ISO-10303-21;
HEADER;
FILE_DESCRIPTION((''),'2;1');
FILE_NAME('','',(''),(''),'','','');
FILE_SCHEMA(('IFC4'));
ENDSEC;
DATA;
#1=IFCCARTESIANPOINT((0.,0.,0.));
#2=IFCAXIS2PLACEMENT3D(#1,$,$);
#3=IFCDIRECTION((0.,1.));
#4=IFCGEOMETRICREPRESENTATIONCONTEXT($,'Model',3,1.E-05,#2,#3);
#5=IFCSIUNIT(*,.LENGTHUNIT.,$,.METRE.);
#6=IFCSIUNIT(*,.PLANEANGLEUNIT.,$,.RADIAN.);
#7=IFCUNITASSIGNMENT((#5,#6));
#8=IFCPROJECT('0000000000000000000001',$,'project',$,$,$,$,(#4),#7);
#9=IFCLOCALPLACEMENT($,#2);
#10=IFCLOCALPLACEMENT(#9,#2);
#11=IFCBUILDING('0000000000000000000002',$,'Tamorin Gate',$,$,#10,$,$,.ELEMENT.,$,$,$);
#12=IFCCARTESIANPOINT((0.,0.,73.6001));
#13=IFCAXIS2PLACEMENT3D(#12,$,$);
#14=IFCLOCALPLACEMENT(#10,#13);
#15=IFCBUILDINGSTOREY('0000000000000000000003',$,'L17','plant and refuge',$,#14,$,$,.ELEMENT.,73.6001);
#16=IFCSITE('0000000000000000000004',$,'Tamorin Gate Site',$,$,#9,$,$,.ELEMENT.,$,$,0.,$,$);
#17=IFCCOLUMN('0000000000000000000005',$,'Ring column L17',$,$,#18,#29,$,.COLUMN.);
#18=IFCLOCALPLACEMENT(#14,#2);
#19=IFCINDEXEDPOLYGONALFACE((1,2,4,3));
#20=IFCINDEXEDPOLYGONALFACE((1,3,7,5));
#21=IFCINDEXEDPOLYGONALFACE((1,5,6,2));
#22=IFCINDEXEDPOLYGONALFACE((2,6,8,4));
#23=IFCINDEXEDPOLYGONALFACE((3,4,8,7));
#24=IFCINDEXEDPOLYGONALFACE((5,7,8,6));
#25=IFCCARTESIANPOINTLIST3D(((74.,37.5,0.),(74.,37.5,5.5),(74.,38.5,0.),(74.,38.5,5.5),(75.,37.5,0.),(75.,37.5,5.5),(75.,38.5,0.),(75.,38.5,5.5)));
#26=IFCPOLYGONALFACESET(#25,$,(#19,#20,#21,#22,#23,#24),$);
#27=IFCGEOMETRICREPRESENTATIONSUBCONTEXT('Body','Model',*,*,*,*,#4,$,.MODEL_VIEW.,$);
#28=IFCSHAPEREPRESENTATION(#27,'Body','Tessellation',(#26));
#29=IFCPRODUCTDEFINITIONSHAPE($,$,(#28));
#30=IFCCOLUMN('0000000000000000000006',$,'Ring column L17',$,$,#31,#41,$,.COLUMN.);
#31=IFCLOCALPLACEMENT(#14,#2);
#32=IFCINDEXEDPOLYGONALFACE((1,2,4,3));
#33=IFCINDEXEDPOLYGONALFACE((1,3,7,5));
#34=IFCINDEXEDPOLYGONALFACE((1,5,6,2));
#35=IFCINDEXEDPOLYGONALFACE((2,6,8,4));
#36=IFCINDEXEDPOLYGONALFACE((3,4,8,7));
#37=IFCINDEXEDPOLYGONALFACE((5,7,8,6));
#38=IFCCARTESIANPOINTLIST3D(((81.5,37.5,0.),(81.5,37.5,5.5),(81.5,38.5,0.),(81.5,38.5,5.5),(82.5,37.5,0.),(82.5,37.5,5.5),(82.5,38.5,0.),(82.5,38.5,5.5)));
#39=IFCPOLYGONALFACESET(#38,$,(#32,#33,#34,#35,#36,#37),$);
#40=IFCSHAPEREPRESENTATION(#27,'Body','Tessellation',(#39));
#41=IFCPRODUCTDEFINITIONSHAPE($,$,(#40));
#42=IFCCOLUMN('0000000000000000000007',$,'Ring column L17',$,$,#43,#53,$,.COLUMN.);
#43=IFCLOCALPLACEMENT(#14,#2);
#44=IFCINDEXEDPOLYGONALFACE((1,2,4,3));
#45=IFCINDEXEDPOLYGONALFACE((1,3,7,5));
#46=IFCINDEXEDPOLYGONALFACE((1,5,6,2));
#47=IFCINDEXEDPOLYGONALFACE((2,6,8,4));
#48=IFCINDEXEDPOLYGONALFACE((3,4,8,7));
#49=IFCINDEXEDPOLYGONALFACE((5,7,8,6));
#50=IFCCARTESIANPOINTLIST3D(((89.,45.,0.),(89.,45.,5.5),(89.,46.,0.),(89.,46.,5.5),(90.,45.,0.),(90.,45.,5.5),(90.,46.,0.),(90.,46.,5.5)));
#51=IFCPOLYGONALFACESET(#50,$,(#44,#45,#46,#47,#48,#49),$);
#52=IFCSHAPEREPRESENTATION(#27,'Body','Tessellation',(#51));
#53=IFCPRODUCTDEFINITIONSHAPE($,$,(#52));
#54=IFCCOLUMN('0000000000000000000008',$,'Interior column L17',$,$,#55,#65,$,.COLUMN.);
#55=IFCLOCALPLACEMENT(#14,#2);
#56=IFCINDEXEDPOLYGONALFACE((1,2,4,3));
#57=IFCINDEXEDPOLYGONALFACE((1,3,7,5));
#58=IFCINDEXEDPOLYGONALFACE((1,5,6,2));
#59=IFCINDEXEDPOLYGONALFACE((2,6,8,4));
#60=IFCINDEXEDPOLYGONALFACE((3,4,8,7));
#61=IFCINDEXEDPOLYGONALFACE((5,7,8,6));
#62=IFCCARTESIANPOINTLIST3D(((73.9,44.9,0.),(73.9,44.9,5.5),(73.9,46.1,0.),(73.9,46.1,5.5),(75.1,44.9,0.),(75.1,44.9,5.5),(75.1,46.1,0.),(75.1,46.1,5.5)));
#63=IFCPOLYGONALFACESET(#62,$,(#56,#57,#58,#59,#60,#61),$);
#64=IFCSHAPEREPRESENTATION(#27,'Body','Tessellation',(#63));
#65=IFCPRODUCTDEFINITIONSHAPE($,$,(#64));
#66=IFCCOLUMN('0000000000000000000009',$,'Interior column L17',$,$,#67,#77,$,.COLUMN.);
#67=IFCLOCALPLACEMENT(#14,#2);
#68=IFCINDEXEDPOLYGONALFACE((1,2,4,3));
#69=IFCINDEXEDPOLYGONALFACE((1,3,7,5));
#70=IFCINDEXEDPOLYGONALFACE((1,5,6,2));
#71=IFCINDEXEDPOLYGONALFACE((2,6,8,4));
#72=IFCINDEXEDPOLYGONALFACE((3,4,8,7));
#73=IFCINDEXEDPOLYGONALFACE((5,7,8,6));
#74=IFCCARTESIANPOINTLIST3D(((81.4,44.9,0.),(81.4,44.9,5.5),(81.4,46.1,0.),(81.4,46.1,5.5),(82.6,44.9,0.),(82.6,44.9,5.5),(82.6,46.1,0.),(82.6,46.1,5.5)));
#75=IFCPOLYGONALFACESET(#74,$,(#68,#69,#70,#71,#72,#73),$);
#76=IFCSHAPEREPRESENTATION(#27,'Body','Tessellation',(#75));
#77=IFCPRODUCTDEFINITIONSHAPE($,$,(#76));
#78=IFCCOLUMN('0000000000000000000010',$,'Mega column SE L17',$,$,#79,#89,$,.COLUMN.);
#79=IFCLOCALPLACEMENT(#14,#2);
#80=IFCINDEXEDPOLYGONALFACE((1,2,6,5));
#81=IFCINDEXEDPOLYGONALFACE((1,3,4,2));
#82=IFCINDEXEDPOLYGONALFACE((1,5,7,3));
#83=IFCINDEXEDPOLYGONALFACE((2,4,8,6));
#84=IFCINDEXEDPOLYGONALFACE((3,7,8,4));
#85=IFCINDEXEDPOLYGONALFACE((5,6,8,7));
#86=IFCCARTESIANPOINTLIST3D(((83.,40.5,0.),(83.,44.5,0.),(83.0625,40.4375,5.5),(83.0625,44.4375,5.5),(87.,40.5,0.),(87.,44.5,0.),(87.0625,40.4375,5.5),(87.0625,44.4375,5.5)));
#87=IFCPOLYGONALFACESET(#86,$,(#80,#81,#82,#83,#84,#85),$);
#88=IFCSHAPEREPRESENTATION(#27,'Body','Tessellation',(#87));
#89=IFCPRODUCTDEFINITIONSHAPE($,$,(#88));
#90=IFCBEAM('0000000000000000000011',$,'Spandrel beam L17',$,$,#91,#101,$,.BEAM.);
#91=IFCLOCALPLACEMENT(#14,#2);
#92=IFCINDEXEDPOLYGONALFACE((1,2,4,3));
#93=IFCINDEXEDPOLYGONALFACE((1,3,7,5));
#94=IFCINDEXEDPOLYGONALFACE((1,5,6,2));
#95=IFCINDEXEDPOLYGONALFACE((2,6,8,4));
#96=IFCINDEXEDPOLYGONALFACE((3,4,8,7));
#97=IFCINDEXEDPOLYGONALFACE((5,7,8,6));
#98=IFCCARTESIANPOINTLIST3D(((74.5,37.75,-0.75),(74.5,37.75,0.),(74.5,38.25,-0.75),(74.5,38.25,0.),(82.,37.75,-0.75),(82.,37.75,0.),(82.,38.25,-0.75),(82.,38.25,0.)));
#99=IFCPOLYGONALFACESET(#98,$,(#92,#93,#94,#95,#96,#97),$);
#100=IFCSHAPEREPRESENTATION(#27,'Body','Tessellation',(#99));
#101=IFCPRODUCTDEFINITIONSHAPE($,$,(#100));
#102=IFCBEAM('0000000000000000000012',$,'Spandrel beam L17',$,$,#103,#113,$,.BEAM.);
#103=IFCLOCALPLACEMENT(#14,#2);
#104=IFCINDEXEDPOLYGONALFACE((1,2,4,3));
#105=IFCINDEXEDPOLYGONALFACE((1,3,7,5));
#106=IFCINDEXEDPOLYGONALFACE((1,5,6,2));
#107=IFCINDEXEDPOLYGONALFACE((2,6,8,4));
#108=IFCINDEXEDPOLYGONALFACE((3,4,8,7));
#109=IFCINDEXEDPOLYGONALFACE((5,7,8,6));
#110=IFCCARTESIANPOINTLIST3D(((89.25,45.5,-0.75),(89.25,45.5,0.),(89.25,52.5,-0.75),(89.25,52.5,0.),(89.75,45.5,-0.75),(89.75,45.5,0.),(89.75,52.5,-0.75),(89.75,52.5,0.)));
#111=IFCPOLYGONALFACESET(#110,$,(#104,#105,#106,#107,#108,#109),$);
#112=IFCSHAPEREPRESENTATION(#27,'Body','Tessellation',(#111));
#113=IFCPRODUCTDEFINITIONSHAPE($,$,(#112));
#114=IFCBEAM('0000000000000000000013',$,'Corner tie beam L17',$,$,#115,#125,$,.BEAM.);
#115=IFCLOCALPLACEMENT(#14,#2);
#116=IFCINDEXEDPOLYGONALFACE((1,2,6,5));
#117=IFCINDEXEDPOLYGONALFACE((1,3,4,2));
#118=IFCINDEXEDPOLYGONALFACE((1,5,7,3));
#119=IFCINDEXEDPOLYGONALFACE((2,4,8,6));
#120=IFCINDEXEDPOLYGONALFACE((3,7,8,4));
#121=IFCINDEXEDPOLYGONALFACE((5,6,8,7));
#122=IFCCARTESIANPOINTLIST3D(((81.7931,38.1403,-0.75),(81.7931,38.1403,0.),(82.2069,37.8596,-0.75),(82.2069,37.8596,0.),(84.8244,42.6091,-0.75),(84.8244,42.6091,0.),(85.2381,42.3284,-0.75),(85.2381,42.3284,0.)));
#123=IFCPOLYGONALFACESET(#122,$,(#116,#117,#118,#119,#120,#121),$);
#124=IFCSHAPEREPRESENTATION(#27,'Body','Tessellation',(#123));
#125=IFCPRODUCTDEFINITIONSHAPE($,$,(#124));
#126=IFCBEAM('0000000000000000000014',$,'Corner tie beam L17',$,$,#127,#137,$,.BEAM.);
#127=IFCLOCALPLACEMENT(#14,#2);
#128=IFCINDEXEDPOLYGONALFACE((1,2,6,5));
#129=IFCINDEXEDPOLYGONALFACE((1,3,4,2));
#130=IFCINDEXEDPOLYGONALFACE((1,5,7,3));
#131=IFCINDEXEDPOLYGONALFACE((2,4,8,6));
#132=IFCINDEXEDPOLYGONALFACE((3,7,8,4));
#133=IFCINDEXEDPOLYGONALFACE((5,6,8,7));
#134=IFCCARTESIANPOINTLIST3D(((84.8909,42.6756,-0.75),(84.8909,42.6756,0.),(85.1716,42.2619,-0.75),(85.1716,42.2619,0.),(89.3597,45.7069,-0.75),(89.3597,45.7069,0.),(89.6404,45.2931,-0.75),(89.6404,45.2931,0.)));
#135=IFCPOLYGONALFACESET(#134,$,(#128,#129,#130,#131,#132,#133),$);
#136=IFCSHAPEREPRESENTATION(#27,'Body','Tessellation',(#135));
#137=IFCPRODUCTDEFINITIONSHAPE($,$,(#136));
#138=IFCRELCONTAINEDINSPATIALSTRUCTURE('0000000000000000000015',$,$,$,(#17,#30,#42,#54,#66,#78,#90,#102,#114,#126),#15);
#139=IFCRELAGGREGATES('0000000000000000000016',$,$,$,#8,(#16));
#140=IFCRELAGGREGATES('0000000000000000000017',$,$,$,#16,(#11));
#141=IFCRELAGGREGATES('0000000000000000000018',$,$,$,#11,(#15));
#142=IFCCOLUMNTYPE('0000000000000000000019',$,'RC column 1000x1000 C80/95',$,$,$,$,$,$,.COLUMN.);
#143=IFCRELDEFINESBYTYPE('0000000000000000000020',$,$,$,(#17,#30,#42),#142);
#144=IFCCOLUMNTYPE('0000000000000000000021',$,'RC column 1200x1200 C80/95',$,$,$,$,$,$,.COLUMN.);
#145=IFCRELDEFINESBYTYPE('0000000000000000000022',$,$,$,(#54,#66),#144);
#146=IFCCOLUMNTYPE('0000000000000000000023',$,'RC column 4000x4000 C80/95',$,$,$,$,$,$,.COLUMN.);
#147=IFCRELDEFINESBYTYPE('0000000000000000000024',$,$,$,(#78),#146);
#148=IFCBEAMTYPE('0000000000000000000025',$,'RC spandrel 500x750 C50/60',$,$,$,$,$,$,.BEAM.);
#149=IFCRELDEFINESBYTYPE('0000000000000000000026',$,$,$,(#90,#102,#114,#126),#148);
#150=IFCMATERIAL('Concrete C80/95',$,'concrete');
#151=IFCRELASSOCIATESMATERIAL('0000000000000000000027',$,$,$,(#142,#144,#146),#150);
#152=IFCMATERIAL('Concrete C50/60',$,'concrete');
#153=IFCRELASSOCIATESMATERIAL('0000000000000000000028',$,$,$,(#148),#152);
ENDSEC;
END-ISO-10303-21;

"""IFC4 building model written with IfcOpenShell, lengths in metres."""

from ifc_helpers import new_model, si_unit, direction, frame, origin, origin_2d, place, context, subcontext, project, spatial, rectangle, extrude, material, material_profile, profile_set, type_object, element, save


model = new_model("IFC4")

# Units and contexts
model_context = context("Model", 3, precision=1e-05, world=origin(), true_north=direction((0.0, 1.0)))
body_context = subcontext(model_context, "Body", "Model", "MODEL_VIEW")
ifc_project = project(units=[si_unit("LENGTHUNIT", "METRE"), si_unit("PLANEANGLEUNIT", "RADIAN")], contexts=[model_context])

# Site, building, storey
site_placement = place(None, origin())
site = spatial("IfcSite", under=ifc_project, at=site_placement, Name="Tamorin Gate Site", CompositionType="ELEMENT", RefElevation=0.0)
building_placement = place(site_placement, origin())
building = spatial("IfcBuilding", under=site, at=building_placement, Name="Tamorin Gate", CompositionType="ELEMENT")
storey_placement = place(building_placement, frame((0.0, 0.0, 73.6001)))
storey = spatial("IfcBuildingStorey", under=building, at=storey_placement, Name="L17", Description="plant and refuge", CompositionType="ELEMENT", Elevation=73.6001)

# Columns
ifc_material_1 = material(Name="Concrete C80/95", Category="concrete")
ifc_material_profile_1 = material_profile(ifc_material_1, rectangle(XDim=1.0, YDim=1.0, at=origin_2d()), Name="RC 1000x1000")
ifc_profile_set_1 = profile_set([ifc_material_profile_1], Name="Concrete C80/95")
column_type_1 = type_object("IfcColumnType", Name="RC column 1000x1000 C80/95", PredefinedType="COLUMN", material=ifc_profile_set_1)
for number, where, z_axis, x_axis, name in (
    (1, (74.5, 38.0, 0.0), (0.0, 0.0, 1.0), (1.0, 0.0, 0.0), "Ring column L17"),
    (2, (82.0, 38.0, 0.0), (0.0, 0.0, 1.0), (1.0, 0.0, 0.0), "Ring column L17"),
    (3, (89.5, 45.5, 0.0), (0.0, 0.0, 1.0), (1.0, 0.0, 0.0), "Ring column L17"),
):
    element("IfcColumn", number, at=place(storey_placement, frame(where, z_axis=z_axis, x_axis=x_axis)), inside=storey, type_object=column_type_1, Name=name, PredefinedType="COLUMN", context=body_context, shape_type="SweptSolid", body=[
        extrude(rectangle(XDim=1.0, YDim=1.0, at=origin_2d()), origin(), (0.0, 0.0, 1.0), 5.5),
    ])
ifc_material_profile_2 = material_profile(ifc_material_1, rectangle(XDim=1.2, YDim=1.2, at=origin_2d()), Name="RC 1200x1200")
ifc_profile_set_2 = profile_set([ifc_material_profile_2], Name="Concrete C80/95")
column_type_2 = type_object("IfcColumnType", Name="RC column 1200x1200 C80/95", PredefinedType="COLUMN", material=ifc_profile_set_2)
for number, where, z_axis, x_axis, name in (
    (4, (74.5, 45.5, 0.0), (0.0, 0.0, 1.0), (1.0, 0.0, 0.0), "Interior column L17"),
    (5, (82.0, 45.5, 0.0), (0.0, 0.0, 1.0), (1.0, 0.0, 0.0), "Interior column L17"),
):
    element("IfcColumn", number, at=place(storey_placement, frame(where, z_axis=z_axis, x_axis=x_axis)), inside=storey, type_object=column_type_2, Name=name, PredefinedType="COLUMN", context=body_context, shape_type="SweptSolid", body=[
        extrude(rectangle(XDim=1.2, YDim=1.2, at=origin_2d()), origin(), (0.0, 0.0, 1.0), 5.5),
    ])
ifc_material_profile_3 = material_profile(ifc_material_1, rectangle(XDim=4.0, YDim=4.0, at=origin_2d()), Name="RC 4000x4000")
ifc_profile_set_3 = profile_set([ifc_material_profile_3], Name="Concrete C80/95")
column_type_3 = type_object("IfcColumnType", Name="RC column 4000x4000 C80/95", PredefinedType="COLUMN", material=ifc_profile_set_3)
column_placement = place(storey_placement, frame((85.0, 42.5, 0.0), z_axis=(0.0, 0.0, 1.0), x_axis=(0.0, -1.0, 0.0)))
element("IfcColumn", 6, at=column_placement, inside=storey, type_object=column_type_3, Name="Mega column SE L17", PredefinedType="COLUMN", context=body_context, shape_type="SweptSolid", body=[
    extrude(rectangle(XDim=4.0, YDim=4.0, at=origin_2d()), origin(), (0.011362, 0.011362, 0.999871), 5.5007),
])

# Beams
ifc_material_2 = material(Name="Concrete C50/60", Category="concrete")
ifc_material_profile_4 = material_profile(ifc_material_2, rectangle(XDim=0.5, YDim=0.75, at=origin_2d()), Name="RC 500x750")
ifc_profile_set_4 = profile_set([ifc_material_profile_4], Name="Concrete C50/60")
beam_type = type_object("IfcBeamType", Name="RC spandrel 500x750 C50/60", PredefinedType="BEAM", material=ifc_profile_set_4)
beam_1_placement = place(storey_placement, frame((74.5, 38.0, -0.375), z_axis=(1.0, 0.0, 0.0), x_axis=(0.0, 1.0, 0.0)))
element("IfcBeam", 7, at=beam_1_placement, inside=storey, type_object=beam_type, Name="Spandrel beam L17", PredefinedType="BEAM", context=body_context, shape_type="SweptSolid", body=[
    extrude(rectangle(XDim=0.5, YDim=0.75, at=origin_2d()), origin(), (0.0, 0.0, 1.0), 7.5),
])
beam_2_placement = place(storey_placement, frame((89.5, 45.5, -0.375), z_axis=(0.0, 1.0, 0.0), x_axis=(-1.0, 0.0, 0.0)))
element("IfcBeam", 8, at=beam_2_placement, inside=storey, type_object=beam_type, Name="Spandrel beam L17", PredefinedType="BEAM", context=body_context, shape_type="SweptSolid", body=[
    extrude(rectangle(XDim=0.5, YDim=0.75, at=origin_2d()), origin(), (0.0, 0.0, 1.0), 7.0),
])
for number, where, z_axis, x_axis, name in (
    (9, (85.0312, 42.4688, -0.375), (-0.56136, -0.827572, 0.0), (0.827572, -0.56136, 0.0), "Corner tie beam L17"),
    (10, (85.0312, 42.4688, -0.375), (0.827572, 0.56136, 0.0), (-0.56136, 0.827572, 0.0), "Corner tie beam L17"),
):
    element("IfcBeam", number, at=place(storey_placement, frame(where, z_axis=z_axis, x_axis=x_axis)), inside=storey, type_object=beam_type, Name=name, PredefinedType="BEAM", context=body_context, shape_type="SweptSolid", body=[
        extrude(rectangle(XDim=0.5, YDim=0.75, at=origin_2d()), origin(), (0.0, 0.0, 1.0), 5.3999),
    ])

save(model, "model.ifc")
